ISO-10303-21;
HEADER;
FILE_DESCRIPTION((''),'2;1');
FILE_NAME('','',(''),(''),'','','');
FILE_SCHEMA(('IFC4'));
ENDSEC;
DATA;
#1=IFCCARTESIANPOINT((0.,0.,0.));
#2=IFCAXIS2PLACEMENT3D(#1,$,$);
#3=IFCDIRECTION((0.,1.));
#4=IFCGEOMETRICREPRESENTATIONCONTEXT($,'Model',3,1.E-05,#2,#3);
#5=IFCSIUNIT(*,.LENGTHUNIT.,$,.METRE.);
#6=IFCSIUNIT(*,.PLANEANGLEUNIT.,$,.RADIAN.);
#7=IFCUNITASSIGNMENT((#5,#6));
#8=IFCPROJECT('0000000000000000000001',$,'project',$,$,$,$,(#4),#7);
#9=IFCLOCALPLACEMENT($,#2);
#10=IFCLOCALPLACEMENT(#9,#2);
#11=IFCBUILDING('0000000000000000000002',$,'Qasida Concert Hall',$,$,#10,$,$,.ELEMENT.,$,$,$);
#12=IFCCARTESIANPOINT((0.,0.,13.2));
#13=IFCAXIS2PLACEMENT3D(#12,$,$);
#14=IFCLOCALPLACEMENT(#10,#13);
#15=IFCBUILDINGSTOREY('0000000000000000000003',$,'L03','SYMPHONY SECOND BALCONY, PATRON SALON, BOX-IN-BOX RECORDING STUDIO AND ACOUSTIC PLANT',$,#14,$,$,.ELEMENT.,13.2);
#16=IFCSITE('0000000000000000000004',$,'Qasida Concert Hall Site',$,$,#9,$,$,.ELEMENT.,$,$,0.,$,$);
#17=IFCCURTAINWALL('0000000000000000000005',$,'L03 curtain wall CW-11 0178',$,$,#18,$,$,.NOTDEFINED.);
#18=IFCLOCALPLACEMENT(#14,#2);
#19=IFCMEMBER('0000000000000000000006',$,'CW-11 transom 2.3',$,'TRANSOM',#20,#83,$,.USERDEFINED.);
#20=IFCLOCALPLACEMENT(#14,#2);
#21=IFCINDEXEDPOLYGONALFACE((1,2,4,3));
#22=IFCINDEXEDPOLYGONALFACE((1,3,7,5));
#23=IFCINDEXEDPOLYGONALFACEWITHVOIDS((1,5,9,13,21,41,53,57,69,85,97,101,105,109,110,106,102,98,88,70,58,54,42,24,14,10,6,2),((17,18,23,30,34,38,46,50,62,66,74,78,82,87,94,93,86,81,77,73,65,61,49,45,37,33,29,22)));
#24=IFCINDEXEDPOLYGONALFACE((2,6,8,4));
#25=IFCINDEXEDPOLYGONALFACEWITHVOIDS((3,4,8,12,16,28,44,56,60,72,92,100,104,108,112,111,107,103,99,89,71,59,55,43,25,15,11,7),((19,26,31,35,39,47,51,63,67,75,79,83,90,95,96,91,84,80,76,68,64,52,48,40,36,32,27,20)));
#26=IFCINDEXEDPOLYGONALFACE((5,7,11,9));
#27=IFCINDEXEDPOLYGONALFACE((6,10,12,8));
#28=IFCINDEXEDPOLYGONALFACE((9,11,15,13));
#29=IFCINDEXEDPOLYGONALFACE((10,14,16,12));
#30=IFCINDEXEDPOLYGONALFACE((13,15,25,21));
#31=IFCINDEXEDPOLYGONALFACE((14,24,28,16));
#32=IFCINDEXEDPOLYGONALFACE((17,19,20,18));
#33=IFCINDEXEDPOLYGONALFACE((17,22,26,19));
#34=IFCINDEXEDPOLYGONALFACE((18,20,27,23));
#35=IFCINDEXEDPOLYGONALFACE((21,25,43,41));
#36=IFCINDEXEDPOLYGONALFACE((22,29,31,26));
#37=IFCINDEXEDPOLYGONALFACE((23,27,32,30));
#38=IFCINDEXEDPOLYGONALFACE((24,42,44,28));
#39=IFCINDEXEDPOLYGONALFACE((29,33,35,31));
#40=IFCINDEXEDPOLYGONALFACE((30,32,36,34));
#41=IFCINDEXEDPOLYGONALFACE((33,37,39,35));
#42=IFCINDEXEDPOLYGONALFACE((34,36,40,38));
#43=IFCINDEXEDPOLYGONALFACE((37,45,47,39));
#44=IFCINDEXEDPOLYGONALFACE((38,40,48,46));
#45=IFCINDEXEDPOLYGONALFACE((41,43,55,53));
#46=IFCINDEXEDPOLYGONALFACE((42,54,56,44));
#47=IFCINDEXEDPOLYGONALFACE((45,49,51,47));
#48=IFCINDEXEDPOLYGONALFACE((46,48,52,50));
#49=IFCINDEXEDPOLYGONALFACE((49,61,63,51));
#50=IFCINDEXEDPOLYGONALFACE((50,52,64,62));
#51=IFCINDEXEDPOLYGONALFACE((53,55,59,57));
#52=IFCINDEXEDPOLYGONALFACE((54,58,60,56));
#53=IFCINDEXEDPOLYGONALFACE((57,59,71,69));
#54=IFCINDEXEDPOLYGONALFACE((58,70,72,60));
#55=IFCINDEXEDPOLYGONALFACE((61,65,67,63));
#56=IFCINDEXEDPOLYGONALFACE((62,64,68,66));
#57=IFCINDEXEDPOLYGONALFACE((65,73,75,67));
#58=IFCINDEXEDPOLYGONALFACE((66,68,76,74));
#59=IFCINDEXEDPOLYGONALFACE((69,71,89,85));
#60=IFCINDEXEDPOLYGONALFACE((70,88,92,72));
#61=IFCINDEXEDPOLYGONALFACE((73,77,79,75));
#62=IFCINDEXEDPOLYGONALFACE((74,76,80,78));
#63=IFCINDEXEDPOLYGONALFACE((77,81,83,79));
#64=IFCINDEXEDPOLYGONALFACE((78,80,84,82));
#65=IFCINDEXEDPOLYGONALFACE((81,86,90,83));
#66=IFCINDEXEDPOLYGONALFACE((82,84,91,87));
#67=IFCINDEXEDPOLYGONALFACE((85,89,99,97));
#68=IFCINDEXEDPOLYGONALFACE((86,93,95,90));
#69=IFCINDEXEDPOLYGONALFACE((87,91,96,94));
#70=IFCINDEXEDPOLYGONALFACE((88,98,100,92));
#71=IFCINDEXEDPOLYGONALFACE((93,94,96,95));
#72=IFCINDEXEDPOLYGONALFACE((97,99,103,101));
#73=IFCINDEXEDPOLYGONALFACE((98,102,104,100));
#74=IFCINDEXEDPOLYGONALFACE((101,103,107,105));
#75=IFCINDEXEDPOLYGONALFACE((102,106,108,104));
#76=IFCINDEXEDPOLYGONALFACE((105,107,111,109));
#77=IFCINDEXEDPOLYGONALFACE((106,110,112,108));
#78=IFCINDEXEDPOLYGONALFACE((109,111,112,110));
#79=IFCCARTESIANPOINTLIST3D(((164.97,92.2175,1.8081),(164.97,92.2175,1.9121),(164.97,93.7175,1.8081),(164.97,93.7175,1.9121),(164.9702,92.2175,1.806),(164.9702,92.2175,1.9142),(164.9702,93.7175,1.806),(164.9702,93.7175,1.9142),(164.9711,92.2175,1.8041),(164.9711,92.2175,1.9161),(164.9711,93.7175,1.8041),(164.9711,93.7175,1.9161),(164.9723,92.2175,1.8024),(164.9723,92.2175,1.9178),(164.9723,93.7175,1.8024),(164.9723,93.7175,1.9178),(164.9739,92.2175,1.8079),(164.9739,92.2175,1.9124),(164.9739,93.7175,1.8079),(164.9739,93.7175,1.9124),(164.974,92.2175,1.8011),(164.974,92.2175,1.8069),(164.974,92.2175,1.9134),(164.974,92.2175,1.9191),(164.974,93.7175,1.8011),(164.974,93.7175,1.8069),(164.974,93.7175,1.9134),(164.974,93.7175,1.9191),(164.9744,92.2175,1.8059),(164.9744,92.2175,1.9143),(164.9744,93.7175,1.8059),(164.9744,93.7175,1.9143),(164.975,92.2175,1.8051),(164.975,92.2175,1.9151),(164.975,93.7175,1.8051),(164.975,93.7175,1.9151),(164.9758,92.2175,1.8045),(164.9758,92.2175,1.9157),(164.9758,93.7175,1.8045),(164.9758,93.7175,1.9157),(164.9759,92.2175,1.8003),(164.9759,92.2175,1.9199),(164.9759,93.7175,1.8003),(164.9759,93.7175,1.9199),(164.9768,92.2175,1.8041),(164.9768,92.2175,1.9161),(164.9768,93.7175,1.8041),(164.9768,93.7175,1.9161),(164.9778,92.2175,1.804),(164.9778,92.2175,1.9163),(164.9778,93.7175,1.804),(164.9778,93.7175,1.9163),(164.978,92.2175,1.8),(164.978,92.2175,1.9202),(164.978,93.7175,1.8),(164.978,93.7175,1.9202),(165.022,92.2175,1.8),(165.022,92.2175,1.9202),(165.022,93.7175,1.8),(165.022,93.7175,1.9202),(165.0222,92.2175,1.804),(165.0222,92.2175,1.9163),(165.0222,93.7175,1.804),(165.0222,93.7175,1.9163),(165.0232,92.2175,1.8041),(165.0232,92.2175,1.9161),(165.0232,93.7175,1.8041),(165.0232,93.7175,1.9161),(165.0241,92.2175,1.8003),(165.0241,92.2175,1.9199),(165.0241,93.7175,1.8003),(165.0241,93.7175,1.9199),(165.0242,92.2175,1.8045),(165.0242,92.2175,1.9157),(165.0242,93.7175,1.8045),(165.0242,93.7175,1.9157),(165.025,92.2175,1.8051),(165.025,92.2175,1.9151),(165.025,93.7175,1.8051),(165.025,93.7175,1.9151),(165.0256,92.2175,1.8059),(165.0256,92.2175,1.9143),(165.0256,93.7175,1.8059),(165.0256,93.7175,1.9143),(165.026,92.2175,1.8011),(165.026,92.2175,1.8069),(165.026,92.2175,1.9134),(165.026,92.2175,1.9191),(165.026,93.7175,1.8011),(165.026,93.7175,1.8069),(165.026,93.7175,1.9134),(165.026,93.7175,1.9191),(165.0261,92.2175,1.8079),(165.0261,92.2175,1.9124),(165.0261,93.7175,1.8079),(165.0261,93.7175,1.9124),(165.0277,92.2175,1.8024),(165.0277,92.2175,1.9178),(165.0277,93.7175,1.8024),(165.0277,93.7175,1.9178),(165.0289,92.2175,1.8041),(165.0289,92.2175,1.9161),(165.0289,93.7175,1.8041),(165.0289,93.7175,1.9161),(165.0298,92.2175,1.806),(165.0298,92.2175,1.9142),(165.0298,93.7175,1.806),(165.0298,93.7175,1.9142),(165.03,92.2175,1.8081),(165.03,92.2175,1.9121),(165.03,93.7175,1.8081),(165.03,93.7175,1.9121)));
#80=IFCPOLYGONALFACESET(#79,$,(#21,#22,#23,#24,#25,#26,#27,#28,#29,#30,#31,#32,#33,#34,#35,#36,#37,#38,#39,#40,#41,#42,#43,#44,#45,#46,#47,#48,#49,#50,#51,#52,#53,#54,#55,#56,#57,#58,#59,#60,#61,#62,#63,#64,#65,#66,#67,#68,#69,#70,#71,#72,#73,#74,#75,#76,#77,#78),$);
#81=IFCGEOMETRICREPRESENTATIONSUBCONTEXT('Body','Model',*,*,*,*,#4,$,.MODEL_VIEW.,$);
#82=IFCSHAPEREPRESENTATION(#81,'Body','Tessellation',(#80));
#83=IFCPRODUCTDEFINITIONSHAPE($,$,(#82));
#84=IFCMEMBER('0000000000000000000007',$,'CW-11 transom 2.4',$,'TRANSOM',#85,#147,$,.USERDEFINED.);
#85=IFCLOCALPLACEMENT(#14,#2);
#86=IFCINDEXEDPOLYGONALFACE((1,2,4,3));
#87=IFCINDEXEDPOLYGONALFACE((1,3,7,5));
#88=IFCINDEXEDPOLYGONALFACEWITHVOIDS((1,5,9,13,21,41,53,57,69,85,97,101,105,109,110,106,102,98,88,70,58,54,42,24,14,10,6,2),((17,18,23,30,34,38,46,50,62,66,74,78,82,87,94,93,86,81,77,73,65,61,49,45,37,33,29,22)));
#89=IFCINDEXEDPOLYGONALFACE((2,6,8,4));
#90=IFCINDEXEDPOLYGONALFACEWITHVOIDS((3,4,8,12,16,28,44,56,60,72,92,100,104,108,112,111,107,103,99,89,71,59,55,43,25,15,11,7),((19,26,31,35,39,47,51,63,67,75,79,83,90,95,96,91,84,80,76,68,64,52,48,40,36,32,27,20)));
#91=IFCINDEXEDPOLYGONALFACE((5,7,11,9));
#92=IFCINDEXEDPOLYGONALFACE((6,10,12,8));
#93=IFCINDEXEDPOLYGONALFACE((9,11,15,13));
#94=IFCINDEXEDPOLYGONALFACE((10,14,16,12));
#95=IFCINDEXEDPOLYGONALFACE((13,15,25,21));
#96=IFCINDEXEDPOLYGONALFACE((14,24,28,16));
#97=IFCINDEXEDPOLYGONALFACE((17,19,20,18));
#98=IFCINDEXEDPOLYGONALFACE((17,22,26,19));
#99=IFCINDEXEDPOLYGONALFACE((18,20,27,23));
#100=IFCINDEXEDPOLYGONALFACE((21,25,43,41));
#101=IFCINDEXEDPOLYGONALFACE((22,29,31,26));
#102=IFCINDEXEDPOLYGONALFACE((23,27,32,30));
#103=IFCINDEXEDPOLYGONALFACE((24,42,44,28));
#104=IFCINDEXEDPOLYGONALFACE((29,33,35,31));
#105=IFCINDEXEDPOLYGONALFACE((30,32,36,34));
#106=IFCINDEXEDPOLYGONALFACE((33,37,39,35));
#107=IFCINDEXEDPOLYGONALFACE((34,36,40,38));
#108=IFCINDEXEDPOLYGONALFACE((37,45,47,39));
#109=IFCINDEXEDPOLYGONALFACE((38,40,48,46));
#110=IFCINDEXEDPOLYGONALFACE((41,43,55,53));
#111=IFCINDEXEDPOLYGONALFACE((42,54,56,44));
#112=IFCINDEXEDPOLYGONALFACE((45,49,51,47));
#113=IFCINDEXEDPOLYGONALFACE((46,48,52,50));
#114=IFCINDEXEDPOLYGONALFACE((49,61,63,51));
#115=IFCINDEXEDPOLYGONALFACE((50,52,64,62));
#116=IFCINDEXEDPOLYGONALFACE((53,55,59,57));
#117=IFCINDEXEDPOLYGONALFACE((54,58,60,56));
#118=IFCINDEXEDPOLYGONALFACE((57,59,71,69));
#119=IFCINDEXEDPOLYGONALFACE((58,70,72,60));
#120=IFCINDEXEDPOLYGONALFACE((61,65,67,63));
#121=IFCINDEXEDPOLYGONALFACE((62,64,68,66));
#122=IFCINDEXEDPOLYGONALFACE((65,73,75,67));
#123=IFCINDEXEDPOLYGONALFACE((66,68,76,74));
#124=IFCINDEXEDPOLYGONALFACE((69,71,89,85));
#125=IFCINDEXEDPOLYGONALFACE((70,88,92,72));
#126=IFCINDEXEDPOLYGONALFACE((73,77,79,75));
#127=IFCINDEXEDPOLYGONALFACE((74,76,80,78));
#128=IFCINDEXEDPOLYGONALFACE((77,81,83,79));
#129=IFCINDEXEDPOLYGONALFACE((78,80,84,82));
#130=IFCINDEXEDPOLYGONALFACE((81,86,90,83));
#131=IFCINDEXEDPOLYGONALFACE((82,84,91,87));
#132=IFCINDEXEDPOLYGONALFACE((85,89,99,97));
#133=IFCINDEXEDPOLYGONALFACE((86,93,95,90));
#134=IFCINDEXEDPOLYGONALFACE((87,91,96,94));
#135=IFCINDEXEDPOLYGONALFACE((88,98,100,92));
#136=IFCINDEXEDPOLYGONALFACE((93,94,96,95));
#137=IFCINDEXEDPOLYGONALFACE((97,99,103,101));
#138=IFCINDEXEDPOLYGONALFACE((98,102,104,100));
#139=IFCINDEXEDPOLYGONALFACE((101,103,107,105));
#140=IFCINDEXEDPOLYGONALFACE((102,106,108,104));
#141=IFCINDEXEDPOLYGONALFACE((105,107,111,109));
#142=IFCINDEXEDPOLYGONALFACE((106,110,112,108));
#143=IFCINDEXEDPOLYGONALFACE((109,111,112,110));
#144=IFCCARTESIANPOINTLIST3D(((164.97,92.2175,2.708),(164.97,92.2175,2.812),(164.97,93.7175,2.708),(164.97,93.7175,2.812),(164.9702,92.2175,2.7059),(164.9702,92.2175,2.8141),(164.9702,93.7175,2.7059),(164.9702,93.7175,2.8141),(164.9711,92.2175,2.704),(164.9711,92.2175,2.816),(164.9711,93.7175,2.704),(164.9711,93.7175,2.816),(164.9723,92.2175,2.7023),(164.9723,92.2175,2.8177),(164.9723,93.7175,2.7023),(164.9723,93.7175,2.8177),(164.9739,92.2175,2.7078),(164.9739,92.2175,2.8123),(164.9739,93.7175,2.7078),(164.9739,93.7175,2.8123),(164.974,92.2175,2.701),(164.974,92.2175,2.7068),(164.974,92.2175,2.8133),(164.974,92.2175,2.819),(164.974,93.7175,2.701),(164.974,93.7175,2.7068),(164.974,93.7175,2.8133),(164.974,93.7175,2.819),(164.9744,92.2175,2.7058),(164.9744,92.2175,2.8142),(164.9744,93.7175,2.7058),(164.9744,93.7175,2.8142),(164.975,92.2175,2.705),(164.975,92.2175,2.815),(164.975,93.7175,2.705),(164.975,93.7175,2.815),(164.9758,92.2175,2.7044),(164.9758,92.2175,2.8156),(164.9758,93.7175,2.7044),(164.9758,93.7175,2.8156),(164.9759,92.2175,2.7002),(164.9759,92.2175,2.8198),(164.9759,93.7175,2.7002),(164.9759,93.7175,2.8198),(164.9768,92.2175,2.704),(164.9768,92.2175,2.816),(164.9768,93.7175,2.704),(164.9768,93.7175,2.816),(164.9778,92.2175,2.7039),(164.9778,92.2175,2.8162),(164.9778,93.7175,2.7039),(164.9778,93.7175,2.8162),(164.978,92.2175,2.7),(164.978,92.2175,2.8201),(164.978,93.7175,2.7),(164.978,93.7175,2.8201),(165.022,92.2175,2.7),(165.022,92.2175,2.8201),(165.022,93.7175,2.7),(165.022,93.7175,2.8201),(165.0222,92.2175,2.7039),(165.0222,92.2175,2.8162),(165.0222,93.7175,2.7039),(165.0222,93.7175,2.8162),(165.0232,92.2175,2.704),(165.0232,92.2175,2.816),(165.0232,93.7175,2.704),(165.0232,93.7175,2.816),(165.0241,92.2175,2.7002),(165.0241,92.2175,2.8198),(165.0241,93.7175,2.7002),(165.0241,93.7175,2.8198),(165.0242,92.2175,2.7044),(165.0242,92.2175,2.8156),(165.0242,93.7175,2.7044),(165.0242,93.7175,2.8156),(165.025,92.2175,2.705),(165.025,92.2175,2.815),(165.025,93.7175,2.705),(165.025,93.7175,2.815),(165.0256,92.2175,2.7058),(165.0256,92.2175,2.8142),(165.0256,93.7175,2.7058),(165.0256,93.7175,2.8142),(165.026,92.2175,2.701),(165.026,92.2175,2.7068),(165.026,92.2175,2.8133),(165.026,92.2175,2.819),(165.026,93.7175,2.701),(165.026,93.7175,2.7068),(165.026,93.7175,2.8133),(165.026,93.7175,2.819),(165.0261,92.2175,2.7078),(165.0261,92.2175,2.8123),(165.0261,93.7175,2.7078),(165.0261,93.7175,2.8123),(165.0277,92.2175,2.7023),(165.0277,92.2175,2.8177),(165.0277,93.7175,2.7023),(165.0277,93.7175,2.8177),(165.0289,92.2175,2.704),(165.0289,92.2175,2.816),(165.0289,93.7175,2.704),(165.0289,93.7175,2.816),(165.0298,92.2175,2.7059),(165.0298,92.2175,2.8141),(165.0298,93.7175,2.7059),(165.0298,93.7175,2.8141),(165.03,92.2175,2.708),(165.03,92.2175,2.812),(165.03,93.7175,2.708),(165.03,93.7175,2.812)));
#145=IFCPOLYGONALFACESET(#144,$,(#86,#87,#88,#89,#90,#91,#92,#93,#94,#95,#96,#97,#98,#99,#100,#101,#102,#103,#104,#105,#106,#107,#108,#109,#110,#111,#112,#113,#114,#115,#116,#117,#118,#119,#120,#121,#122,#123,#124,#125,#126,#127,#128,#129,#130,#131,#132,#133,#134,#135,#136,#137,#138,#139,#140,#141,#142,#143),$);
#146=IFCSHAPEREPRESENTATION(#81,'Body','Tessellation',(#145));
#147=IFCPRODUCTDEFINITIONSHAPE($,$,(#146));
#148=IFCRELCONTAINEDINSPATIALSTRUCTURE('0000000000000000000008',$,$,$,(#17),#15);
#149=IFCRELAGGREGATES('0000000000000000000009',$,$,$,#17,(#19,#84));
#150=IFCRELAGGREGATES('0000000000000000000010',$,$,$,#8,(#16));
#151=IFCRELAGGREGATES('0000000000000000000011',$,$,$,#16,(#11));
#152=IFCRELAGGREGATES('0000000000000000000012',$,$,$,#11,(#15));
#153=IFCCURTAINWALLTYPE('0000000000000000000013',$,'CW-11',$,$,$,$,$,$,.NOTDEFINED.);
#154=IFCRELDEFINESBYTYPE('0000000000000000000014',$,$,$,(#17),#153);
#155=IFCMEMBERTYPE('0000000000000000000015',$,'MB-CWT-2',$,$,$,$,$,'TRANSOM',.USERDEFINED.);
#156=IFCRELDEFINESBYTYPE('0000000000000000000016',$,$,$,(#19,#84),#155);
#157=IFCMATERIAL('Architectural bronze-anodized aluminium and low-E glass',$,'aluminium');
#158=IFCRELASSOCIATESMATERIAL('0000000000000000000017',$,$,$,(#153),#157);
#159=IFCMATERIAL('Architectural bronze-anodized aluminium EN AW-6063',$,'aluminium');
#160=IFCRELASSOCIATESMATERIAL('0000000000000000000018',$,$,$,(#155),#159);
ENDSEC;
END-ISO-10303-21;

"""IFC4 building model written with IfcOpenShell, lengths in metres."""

from ifc_helpers import new_model, si_unit, direction, frame, origin, origin_2d, place, context, subcontext, project, spatial, hollow_rectangle, extrude, material, material_profile, profile_set, type_object, element, aggregate, save


model = new_model("IFC4")

# Units and contexts
model_context = context("Model", 3, precision=1e-05, world=origin(), true_north=direction((0.0, 1.0)))
body_context = subcontext(model_context, "Body", "Model", "MODEL_VIEW")
ifc_project = project(units=[si_unit("LENGTHUNIT", "METRE"), si_unit("PLANEANGLEUNIT", "RADIAN")], contexts=[model_context])

# Site, building, storey
site_placement = place(None, origin())
site = spatial("IfcSite", under=ifc_project, at=site_placement, Name="Qasida Concert Hall Site", CompositionType="ELEMENT", RefElevation=0.0)
building_placement = place(site_placement, origin())
building = spatial("IfcBuilding", under=site, at=building_placement, Name="Qasida Concert Hall", CompositionType="ELEMENT")
storey_placement = place(building_placement, frame((0.0, 0.0, 13.2)))
storey = spatial("IfcBuildingStorey", under=building, at=storey_placement, Name="L03", Description="SYMPHONY SECOND BALCONY, PATRON SALON, BOX-IN-BOX RECORDING STUDIO AND ACOUSTIC PLANT", CompositionType="ELEMENT", Elevation=13.2)

# Curtain wall, members
ifc_material_1 = material(Name="Architectural bronze-anodized aluminium and low-E glass", Category="aluminium")
curtain_wall_type = type_object("IfcCurtainWallType", Name="CW-11", PredefinedType="NOTDEFINED", material=ifc_material_1)
curtain_wall_placement = place(storey_placement, origin())
curtain_wall = element("IfcCurtainWall", 1, at=curtain_wall_placement, inside=storey, type_object=curtain_wall_type, Name="L03 curtain wall CW-11 0178", PredefinedType="NOTDEFINED")
ifc_material_2 = material(Name="Architectural bronze-anodized aluminium EN AW-6063", Category="aluminium")
ifc_material_profile_1 = material_profile(ifc_material_2, hollow_rectangle(XDim=0.0601, YDim=0.1201, WallThickness=0.0039, InnerFilletRadius=0.0039, OuterFilletRadius=0.0081, at=origin_2d()), Name="CWT 120x60x4")
ifc_profile_set_1 = profile_set([ifc_material_profile_1], Name="Architectural bronze-anodized aluminium EN AW-6063")
member_type_1 = type_object("IfcMemberType", Name="MB-CWT-2", ElementType="TRANSOM", PredefinedType="USERDEFINED", material=ifc_profile_set_1)
member_1_placement = place(storey_placement, frame((165.0, 92.2175, 1.8601), z_axis=(0.0, 1.0, 0.0), x_axis=(-1.0, 0.0, 0.0)))
member_1 = element("IfcMember", 2, at=member_1_placement, type_object=member_type_1, Name="CW-11 transom 2.3", ObjectType="TRANSOM", PredefinedType="USERDEFINED", context=body_context, shape_type="SweptSolid", body=[
    extrude(hollow_rectangle(XDim=0.0601, YDim=0.1201, WallThickness=0.0039, InnerFilletRadius=0.0039, OuterFilletRadius=0.0081, at=origin_2d()), origin(), (0.0, 0.0, 1.0), 1.5),
])
member_2_placement = place(storey_placement, frame((165.0, 92.2175, 2.76), z_axis=(0.0, 1.0, 0.0), x_axis=(-1.0, 0.0, 0.0)))
member_2 = element("IfcMember", 3, at=member_2_placement, type_object=member_type_1, Name="CW-11 transom 2.4", ObjectType="TRANSOM", PredefinedType="USERDEFINED", context=body_context, shape_type="SweptSolid", body=[
    extrude(hollow_rectangle(XDim=0.0601, YDim=0.1201, WallThickness=0.0039, InnerFilletRadius=0.0039, OuterFilletRadius=0.0081, at=origin_2d()), origin(), (0.0, 0.0, 1.0), 1.5),
])
aggregate(curtain_wall, [member_1, member_2])

save(model, "model.ifc")
